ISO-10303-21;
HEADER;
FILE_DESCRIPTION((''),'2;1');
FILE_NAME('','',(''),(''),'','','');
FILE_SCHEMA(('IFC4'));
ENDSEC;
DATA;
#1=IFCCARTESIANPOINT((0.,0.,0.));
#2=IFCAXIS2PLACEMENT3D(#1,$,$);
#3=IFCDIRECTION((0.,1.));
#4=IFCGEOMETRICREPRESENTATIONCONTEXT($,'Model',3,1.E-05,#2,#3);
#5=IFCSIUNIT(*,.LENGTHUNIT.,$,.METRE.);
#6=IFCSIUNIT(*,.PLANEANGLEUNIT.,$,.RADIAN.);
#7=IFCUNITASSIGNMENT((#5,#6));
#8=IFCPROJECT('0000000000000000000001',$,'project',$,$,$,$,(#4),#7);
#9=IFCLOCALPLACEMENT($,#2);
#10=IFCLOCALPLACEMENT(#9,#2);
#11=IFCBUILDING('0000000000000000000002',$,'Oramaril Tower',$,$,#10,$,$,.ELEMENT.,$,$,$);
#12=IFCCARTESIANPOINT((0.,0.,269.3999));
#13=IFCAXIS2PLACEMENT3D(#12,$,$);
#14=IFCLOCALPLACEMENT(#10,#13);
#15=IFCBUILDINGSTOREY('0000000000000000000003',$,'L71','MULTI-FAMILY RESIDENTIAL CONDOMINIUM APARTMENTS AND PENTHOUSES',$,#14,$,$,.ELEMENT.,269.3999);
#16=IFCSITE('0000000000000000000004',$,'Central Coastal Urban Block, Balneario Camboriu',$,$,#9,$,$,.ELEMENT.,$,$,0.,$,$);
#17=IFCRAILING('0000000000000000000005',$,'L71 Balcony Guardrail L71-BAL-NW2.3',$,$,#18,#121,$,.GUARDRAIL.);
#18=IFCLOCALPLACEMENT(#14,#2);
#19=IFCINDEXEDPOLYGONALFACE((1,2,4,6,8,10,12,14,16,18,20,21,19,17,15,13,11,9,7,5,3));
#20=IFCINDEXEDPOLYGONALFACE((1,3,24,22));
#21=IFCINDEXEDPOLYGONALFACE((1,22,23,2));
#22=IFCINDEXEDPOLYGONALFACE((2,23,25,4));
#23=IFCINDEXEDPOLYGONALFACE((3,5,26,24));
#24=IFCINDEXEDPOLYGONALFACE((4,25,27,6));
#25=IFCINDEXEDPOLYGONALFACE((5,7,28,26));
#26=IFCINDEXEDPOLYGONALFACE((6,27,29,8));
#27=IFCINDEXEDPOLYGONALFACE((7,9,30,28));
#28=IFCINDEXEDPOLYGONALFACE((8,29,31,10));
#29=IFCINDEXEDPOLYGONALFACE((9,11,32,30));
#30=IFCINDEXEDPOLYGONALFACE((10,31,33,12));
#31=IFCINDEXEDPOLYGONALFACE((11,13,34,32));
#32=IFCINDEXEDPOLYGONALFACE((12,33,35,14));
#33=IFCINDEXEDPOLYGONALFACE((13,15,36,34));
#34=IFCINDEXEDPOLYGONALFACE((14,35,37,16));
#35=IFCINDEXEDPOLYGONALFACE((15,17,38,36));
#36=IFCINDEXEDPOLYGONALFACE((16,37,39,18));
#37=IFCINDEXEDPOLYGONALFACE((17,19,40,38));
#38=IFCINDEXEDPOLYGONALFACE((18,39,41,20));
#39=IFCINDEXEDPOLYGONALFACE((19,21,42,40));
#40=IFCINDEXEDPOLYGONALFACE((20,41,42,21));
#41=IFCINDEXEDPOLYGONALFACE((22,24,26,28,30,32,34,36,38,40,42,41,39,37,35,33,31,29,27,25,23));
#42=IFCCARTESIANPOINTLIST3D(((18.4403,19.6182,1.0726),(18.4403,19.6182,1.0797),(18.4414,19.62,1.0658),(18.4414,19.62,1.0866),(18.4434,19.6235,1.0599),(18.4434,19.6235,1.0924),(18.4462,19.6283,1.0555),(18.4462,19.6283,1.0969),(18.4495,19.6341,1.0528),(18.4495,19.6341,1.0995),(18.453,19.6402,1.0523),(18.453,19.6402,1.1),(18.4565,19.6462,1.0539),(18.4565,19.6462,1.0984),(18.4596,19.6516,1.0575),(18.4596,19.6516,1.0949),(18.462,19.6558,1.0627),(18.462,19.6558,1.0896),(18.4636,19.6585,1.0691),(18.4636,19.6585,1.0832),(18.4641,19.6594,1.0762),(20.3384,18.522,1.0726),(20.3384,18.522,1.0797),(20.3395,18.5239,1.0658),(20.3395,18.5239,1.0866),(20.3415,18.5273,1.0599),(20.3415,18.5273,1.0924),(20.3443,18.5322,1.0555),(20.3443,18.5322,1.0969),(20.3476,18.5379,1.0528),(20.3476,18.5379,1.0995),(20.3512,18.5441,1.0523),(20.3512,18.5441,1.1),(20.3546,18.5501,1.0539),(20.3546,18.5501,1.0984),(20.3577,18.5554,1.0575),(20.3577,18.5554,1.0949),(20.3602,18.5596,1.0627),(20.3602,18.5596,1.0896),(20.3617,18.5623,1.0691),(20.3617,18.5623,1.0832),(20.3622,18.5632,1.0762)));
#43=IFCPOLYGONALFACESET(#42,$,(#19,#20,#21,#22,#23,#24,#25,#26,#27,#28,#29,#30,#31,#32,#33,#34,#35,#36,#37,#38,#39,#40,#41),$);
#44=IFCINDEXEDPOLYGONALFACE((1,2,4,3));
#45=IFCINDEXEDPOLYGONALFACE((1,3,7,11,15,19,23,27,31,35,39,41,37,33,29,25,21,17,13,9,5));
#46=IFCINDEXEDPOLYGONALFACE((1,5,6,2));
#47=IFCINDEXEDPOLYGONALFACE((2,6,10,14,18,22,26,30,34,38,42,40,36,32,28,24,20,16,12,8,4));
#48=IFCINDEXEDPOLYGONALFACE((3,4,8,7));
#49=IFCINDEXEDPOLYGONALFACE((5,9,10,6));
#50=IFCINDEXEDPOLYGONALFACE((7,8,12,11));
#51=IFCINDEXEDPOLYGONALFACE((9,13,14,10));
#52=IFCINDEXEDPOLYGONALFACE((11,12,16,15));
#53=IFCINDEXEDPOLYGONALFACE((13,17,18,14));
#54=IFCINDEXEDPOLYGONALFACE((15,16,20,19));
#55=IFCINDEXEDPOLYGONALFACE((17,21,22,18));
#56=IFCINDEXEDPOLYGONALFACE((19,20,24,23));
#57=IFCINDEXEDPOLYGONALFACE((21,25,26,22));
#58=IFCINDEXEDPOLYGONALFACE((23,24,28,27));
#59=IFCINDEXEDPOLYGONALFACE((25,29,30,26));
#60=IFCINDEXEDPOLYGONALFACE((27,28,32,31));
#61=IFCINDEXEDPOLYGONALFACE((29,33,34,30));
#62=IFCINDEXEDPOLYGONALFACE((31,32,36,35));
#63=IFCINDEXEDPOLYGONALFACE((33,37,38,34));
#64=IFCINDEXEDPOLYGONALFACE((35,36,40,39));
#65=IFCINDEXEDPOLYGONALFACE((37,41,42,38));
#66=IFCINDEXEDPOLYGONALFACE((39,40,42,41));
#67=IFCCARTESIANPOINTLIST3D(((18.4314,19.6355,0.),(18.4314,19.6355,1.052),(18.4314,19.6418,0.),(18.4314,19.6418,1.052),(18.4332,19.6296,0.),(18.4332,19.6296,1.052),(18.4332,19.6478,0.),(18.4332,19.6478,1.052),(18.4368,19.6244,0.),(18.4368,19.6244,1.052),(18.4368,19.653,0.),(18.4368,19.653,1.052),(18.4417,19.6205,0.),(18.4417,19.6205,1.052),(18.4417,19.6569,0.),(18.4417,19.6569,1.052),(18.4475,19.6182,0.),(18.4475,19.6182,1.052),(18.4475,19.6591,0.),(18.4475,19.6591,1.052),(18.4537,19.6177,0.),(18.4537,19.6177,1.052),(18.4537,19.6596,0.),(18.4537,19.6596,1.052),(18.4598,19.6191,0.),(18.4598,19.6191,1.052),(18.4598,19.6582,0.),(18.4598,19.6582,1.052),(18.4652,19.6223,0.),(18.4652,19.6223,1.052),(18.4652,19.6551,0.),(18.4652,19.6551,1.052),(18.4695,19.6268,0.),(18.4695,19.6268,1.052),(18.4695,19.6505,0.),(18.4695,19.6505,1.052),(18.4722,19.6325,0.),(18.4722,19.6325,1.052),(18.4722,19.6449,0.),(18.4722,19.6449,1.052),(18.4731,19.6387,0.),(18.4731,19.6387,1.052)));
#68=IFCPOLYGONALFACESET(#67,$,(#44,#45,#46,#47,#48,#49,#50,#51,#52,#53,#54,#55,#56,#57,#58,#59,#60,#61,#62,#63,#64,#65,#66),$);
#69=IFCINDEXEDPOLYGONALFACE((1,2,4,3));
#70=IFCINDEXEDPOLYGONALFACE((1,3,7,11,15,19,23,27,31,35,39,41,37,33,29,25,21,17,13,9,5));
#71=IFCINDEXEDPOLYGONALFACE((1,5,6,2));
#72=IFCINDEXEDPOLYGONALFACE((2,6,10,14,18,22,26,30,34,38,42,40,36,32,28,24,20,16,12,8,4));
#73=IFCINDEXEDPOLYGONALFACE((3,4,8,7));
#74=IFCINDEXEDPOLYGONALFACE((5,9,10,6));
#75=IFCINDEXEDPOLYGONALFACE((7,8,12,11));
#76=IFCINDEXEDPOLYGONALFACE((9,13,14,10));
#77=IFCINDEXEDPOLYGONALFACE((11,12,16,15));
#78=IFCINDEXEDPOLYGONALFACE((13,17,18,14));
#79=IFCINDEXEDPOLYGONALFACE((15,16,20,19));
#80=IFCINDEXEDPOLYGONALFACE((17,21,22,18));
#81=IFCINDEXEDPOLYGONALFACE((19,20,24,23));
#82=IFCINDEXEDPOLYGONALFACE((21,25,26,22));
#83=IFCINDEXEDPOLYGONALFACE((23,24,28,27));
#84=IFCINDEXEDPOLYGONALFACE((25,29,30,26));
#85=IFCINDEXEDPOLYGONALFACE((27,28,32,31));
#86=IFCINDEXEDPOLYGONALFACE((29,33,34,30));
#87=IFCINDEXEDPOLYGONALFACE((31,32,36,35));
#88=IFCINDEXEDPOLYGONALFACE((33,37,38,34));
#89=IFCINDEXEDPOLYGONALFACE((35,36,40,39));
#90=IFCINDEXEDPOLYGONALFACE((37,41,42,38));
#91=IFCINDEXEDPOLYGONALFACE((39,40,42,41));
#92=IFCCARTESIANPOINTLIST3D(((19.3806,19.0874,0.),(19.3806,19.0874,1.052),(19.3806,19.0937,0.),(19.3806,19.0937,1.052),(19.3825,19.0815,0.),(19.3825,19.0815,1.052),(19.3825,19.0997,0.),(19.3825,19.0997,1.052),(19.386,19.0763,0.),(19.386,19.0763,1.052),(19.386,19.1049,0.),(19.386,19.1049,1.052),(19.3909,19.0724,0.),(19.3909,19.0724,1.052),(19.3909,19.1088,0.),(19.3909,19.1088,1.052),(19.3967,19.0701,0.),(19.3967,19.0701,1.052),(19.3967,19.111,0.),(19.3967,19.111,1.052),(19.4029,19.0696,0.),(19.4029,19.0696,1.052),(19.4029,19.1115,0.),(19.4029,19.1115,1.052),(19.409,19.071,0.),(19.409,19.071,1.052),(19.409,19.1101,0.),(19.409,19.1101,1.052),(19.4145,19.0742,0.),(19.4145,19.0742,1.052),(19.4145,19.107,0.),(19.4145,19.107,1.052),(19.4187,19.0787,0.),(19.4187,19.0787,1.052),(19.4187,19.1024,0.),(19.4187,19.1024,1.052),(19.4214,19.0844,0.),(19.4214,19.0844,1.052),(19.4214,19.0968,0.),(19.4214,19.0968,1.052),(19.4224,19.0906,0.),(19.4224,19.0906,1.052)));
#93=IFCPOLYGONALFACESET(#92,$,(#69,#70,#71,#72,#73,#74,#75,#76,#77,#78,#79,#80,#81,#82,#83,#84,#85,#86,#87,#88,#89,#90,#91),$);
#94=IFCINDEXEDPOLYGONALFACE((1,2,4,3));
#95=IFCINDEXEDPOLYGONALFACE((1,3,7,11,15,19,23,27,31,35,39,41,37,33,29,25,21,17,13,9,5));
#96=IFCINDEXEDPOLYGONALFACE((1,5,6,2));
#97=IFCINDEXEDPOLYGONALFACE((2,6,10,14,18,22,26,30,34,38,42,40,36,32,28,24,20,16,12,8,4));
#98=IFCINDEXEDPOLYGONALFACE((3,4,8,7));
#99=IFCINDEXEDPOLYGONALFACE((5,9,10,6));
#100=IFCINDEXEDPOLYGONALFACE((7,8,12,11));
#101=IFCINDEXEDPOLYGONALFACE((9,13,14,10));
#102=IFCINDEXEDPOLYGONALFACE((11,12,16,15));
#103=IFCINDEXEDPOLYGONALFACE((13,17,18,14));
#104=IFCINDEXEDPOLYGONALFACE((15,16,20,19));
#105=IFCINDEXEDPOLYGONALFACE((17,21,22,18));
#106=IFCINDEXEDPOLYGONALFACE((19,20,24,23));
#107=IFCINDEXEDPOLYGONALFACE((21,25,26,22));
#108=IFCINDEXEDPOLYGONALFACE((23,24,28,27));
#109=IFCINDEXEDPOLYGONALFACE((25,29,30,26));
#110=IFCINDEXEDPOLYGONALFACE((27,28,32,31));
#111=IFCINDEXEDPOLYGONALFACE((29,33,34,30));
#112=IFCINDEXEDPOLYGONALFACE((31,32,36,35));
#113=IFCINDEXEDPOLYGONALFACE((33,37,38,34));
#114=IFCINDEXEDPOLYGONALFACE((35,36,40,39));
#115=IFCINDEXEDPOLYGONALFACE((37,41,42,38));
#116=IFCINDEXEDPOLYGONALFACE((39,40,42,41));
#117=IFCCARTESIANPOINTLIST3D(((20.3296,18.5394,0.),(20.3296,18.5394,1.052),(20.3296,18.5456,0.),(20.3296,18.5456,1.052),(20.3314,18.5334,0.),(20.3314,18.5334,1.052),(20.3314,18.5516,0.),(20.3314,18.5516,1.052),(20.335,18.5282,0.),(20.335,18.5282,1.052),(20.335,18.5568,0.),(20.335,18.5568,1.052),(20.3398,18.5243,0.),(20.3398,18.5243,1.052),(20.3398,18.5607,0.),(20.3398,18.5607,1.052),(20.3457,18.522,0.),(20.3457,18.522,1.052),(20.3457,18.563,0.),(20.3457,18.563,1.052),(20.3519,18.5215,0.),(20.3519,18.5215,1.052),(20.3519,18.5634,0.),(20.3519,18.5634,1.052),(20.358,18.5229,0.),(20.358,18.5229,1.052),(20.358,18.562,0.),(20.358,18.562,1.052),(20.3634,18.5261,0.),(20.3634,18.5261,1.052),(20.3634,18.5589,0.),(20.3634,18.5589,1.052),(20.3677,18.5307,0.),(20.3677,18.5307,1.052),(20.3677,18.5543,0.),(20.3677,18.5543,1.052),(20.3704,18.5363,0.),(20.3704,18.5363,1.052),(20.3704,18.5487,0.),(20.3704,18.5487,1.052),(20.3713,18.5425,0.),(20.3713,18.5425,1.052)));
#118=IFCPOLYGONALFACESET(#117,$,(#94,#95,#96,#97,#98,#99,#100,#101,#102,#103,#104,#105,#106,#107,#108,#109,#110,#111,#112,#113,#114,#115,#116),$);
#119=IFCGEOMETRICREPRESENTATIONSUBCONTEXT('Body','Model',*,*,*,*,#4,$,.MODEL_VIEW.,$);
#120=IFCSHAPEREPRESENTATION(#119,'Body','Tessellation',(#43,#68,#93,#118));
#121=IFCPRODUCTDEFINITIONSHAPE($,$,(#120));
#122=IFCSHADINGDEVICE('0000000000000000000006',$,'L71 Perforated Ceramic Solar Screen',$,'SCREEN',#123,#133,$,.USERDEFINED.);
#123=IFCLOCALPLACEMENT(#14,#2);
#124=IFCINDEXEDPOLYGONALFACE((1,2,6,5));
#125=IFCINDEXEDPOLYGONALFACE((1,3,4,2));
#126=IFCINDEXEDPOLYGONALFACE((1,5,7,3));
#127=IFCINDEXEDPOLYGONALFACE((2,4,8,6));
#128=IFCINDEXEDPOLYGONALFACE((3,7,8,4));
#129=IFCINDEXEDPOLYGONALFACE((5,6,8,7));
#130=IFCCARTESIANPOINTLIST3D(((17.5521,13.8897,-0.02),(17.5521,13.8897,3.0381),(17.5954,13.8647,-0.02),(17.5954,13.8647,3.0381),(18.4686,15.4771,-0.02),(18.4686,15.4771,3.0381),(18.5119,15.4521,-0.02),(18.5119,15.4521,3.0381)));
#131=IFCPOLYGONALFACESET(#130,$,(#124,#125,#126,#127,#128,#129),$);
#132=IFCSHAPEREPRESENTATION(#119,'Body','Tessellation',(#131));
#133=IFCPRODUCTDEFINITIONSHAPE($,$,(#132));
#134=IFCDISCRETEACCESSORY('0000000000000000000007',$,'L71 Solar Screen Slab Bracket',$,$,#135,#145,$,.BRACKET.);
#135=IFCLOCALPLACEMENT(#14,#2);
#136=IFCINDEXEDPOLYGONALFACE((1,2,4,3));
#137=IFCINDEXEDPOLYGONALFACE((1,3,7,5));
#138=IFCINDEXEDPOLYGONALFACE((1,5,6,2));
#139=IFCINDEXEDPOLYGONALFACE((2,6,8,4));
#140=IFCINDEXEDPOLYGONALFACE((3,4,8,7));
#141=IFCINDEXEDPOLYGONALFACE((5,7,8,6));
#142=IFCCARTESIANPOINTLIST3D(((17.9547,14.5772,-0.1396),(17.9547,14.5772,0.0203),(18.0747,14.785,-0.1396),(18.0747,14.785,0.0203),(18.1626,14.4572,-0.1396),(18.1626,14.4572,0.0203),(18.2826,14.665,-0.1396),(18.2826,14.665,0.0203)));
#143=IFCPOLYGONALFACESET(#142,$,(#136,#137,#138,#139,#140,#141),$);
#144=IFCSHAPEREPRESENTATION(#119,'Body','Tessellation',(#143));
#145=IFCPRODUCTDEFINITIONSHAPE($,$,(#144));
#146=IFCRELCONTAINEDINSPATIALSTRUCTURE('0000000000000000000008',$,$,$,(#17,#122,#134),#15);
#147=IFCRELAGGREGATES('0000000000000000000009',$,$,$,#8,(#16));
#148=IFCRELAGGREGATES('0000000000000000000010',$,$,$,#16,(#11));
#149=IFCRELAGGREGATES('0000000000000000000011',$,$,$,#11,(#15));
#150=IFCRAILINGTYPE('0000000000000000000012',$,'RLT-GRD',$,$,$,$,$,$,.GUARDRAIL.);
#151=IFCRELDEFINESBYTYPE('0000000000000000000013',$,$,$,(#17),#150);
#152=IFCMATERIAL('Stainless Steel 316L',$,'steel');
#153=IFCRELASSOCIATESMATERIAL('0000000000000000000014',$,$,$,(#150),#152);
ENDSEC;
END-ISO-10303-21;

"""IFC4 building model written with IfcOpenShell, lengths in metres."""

from ifc_helpers import new_model, si_unit, direction, frame, origin, origin_2d, place, context, subcontext, project, spatial, rectangle, circle, extrude, material, type_object, element, save


model = new_model("IFC4")

# Units and contexts
model_context = context("Model", 3, precision=1e-05, world=origin(), true_north=direction((0.0, 1.0)))
body_context = subcontext(model_context, "Body", "Model", "MODEL_VIEW")
ifc_project = project(units=[si_unit("LENGTHUNIT", "METRE"), si_unit("PLANEANGLEUNIT", "RADIAN")], contexts=[model_context])

# Site, building, storey
site_placement = place(None, origin())
site = spatial("IfcSite", under=ifc_project, at=site_placement, Name="Central Coastal Urban Block, Balneario Camboriu", CompositionType="ELEMENT", RefElevation=0.0)
building_placement = place(site_placement, origin())
building = spatial("IfcBuilding", under=site, at=building_placement, Name="Oramaril Tower", CompositionType="ELEMENT")
storey_placement = place(building_placement, frame((0.0, 0.0, 269.3999)))
storey = spatial("IfcBuildingStorey", under=building, at=storey_placement, Name="L71", Description="MULTI-FAMILY RESIDENTIAL CONDOMINIUM APARTMENTS AND PENTHOUSES", CompositionType="ELEMENT", Elevation=269.3999)

# Railing
ifc_material_1 = material(Name="Stainless Steel 316L", Category="steel")
railing_type = type_object("IfcRailingType", Name="RLT-GRD", PredefinedType="GUARDRAIL", material=ifc_material_1)
railing_1_placement = place(storey_placement, frame((18.4521, 19.6387, 0.0)))
element("IfcRailing", 1, at=railing_1_placement, inside=storey, type_object=railing_type, Name="L71 Balcony Guardrail L71-BAL-NW2.3", PredefinedType="GUARDRAIL", context=body_context, shape_type="SweptSolid", body=[
    extrude(circle(Radius=0.0239, at=origin_2d()), frame((0.0, 0.0, 1.0762), z_axis=(0.865972, -0.500092, 0.0), x_axis=(0.500092, 0.865972, 0.0)), (0.0, 0.0, 1.0), 2.1919),
    extrude(circle(Radius=0.021, at=origin_2d()), origin(), (0.0, 0.0, 1.0), 1.052),
    extrude(circle(Radius=0.021, at=origin_2d()), frame((0.9492, -0.5481, 0.0)), (0.0, 0.0, 1.0), 1.052),
    extrude(circle(Radius=0.021, at=origin_2d()), frame((1.8982, -1.0962, 0.0)), (0.0, 0.0, 1.0), 1.052),
])

# Shading device
shading_device_placement = place(storey_placement, frame((18.032, 14.6709, -0.02), z_axis=(0.0, 0.0, 1.0), x_axis=(-0.5, -0.866025, 0.0)))
element("IfcShadingDevice", 2, at=shading_device_placement, inside=storey, Name="L71 Perforated Ceramic Solar Screen", ObjectType="SCREEN", PredefinedType="USERDEFINED", context=body_context, shape_type="SweptSolid", body=[
    extrude(rectangle(XDim=1.833, YDim=0.05, at=origin_2d()), origin(), (0.0, 0.0, 1.0), 3.0581),
])

# Discrete accessory
discrete_accessory_placement = place(storey_placement, frame((18.1187, 14.6211, -0.1396), z_axis=(0.0, 0.0, 1.0), x_axis=(-0.5, -0.866025, 0.0)))
element("IfcDiscreteAccessory", 3, at=discrete_accessory_placement, inside=storey, Name="L71 Solar Screen Slab Bracket", PredefinedType="BRACKET", context=body_context, shape_type="SweptSolid", body=[
    extrude(rectangle(XDim=0.24, YDim=0.24, at=origin_2d()), origin(), (0.0, 0.0, 1.0), 0.1599),
])

save(model, "model.ifc")
